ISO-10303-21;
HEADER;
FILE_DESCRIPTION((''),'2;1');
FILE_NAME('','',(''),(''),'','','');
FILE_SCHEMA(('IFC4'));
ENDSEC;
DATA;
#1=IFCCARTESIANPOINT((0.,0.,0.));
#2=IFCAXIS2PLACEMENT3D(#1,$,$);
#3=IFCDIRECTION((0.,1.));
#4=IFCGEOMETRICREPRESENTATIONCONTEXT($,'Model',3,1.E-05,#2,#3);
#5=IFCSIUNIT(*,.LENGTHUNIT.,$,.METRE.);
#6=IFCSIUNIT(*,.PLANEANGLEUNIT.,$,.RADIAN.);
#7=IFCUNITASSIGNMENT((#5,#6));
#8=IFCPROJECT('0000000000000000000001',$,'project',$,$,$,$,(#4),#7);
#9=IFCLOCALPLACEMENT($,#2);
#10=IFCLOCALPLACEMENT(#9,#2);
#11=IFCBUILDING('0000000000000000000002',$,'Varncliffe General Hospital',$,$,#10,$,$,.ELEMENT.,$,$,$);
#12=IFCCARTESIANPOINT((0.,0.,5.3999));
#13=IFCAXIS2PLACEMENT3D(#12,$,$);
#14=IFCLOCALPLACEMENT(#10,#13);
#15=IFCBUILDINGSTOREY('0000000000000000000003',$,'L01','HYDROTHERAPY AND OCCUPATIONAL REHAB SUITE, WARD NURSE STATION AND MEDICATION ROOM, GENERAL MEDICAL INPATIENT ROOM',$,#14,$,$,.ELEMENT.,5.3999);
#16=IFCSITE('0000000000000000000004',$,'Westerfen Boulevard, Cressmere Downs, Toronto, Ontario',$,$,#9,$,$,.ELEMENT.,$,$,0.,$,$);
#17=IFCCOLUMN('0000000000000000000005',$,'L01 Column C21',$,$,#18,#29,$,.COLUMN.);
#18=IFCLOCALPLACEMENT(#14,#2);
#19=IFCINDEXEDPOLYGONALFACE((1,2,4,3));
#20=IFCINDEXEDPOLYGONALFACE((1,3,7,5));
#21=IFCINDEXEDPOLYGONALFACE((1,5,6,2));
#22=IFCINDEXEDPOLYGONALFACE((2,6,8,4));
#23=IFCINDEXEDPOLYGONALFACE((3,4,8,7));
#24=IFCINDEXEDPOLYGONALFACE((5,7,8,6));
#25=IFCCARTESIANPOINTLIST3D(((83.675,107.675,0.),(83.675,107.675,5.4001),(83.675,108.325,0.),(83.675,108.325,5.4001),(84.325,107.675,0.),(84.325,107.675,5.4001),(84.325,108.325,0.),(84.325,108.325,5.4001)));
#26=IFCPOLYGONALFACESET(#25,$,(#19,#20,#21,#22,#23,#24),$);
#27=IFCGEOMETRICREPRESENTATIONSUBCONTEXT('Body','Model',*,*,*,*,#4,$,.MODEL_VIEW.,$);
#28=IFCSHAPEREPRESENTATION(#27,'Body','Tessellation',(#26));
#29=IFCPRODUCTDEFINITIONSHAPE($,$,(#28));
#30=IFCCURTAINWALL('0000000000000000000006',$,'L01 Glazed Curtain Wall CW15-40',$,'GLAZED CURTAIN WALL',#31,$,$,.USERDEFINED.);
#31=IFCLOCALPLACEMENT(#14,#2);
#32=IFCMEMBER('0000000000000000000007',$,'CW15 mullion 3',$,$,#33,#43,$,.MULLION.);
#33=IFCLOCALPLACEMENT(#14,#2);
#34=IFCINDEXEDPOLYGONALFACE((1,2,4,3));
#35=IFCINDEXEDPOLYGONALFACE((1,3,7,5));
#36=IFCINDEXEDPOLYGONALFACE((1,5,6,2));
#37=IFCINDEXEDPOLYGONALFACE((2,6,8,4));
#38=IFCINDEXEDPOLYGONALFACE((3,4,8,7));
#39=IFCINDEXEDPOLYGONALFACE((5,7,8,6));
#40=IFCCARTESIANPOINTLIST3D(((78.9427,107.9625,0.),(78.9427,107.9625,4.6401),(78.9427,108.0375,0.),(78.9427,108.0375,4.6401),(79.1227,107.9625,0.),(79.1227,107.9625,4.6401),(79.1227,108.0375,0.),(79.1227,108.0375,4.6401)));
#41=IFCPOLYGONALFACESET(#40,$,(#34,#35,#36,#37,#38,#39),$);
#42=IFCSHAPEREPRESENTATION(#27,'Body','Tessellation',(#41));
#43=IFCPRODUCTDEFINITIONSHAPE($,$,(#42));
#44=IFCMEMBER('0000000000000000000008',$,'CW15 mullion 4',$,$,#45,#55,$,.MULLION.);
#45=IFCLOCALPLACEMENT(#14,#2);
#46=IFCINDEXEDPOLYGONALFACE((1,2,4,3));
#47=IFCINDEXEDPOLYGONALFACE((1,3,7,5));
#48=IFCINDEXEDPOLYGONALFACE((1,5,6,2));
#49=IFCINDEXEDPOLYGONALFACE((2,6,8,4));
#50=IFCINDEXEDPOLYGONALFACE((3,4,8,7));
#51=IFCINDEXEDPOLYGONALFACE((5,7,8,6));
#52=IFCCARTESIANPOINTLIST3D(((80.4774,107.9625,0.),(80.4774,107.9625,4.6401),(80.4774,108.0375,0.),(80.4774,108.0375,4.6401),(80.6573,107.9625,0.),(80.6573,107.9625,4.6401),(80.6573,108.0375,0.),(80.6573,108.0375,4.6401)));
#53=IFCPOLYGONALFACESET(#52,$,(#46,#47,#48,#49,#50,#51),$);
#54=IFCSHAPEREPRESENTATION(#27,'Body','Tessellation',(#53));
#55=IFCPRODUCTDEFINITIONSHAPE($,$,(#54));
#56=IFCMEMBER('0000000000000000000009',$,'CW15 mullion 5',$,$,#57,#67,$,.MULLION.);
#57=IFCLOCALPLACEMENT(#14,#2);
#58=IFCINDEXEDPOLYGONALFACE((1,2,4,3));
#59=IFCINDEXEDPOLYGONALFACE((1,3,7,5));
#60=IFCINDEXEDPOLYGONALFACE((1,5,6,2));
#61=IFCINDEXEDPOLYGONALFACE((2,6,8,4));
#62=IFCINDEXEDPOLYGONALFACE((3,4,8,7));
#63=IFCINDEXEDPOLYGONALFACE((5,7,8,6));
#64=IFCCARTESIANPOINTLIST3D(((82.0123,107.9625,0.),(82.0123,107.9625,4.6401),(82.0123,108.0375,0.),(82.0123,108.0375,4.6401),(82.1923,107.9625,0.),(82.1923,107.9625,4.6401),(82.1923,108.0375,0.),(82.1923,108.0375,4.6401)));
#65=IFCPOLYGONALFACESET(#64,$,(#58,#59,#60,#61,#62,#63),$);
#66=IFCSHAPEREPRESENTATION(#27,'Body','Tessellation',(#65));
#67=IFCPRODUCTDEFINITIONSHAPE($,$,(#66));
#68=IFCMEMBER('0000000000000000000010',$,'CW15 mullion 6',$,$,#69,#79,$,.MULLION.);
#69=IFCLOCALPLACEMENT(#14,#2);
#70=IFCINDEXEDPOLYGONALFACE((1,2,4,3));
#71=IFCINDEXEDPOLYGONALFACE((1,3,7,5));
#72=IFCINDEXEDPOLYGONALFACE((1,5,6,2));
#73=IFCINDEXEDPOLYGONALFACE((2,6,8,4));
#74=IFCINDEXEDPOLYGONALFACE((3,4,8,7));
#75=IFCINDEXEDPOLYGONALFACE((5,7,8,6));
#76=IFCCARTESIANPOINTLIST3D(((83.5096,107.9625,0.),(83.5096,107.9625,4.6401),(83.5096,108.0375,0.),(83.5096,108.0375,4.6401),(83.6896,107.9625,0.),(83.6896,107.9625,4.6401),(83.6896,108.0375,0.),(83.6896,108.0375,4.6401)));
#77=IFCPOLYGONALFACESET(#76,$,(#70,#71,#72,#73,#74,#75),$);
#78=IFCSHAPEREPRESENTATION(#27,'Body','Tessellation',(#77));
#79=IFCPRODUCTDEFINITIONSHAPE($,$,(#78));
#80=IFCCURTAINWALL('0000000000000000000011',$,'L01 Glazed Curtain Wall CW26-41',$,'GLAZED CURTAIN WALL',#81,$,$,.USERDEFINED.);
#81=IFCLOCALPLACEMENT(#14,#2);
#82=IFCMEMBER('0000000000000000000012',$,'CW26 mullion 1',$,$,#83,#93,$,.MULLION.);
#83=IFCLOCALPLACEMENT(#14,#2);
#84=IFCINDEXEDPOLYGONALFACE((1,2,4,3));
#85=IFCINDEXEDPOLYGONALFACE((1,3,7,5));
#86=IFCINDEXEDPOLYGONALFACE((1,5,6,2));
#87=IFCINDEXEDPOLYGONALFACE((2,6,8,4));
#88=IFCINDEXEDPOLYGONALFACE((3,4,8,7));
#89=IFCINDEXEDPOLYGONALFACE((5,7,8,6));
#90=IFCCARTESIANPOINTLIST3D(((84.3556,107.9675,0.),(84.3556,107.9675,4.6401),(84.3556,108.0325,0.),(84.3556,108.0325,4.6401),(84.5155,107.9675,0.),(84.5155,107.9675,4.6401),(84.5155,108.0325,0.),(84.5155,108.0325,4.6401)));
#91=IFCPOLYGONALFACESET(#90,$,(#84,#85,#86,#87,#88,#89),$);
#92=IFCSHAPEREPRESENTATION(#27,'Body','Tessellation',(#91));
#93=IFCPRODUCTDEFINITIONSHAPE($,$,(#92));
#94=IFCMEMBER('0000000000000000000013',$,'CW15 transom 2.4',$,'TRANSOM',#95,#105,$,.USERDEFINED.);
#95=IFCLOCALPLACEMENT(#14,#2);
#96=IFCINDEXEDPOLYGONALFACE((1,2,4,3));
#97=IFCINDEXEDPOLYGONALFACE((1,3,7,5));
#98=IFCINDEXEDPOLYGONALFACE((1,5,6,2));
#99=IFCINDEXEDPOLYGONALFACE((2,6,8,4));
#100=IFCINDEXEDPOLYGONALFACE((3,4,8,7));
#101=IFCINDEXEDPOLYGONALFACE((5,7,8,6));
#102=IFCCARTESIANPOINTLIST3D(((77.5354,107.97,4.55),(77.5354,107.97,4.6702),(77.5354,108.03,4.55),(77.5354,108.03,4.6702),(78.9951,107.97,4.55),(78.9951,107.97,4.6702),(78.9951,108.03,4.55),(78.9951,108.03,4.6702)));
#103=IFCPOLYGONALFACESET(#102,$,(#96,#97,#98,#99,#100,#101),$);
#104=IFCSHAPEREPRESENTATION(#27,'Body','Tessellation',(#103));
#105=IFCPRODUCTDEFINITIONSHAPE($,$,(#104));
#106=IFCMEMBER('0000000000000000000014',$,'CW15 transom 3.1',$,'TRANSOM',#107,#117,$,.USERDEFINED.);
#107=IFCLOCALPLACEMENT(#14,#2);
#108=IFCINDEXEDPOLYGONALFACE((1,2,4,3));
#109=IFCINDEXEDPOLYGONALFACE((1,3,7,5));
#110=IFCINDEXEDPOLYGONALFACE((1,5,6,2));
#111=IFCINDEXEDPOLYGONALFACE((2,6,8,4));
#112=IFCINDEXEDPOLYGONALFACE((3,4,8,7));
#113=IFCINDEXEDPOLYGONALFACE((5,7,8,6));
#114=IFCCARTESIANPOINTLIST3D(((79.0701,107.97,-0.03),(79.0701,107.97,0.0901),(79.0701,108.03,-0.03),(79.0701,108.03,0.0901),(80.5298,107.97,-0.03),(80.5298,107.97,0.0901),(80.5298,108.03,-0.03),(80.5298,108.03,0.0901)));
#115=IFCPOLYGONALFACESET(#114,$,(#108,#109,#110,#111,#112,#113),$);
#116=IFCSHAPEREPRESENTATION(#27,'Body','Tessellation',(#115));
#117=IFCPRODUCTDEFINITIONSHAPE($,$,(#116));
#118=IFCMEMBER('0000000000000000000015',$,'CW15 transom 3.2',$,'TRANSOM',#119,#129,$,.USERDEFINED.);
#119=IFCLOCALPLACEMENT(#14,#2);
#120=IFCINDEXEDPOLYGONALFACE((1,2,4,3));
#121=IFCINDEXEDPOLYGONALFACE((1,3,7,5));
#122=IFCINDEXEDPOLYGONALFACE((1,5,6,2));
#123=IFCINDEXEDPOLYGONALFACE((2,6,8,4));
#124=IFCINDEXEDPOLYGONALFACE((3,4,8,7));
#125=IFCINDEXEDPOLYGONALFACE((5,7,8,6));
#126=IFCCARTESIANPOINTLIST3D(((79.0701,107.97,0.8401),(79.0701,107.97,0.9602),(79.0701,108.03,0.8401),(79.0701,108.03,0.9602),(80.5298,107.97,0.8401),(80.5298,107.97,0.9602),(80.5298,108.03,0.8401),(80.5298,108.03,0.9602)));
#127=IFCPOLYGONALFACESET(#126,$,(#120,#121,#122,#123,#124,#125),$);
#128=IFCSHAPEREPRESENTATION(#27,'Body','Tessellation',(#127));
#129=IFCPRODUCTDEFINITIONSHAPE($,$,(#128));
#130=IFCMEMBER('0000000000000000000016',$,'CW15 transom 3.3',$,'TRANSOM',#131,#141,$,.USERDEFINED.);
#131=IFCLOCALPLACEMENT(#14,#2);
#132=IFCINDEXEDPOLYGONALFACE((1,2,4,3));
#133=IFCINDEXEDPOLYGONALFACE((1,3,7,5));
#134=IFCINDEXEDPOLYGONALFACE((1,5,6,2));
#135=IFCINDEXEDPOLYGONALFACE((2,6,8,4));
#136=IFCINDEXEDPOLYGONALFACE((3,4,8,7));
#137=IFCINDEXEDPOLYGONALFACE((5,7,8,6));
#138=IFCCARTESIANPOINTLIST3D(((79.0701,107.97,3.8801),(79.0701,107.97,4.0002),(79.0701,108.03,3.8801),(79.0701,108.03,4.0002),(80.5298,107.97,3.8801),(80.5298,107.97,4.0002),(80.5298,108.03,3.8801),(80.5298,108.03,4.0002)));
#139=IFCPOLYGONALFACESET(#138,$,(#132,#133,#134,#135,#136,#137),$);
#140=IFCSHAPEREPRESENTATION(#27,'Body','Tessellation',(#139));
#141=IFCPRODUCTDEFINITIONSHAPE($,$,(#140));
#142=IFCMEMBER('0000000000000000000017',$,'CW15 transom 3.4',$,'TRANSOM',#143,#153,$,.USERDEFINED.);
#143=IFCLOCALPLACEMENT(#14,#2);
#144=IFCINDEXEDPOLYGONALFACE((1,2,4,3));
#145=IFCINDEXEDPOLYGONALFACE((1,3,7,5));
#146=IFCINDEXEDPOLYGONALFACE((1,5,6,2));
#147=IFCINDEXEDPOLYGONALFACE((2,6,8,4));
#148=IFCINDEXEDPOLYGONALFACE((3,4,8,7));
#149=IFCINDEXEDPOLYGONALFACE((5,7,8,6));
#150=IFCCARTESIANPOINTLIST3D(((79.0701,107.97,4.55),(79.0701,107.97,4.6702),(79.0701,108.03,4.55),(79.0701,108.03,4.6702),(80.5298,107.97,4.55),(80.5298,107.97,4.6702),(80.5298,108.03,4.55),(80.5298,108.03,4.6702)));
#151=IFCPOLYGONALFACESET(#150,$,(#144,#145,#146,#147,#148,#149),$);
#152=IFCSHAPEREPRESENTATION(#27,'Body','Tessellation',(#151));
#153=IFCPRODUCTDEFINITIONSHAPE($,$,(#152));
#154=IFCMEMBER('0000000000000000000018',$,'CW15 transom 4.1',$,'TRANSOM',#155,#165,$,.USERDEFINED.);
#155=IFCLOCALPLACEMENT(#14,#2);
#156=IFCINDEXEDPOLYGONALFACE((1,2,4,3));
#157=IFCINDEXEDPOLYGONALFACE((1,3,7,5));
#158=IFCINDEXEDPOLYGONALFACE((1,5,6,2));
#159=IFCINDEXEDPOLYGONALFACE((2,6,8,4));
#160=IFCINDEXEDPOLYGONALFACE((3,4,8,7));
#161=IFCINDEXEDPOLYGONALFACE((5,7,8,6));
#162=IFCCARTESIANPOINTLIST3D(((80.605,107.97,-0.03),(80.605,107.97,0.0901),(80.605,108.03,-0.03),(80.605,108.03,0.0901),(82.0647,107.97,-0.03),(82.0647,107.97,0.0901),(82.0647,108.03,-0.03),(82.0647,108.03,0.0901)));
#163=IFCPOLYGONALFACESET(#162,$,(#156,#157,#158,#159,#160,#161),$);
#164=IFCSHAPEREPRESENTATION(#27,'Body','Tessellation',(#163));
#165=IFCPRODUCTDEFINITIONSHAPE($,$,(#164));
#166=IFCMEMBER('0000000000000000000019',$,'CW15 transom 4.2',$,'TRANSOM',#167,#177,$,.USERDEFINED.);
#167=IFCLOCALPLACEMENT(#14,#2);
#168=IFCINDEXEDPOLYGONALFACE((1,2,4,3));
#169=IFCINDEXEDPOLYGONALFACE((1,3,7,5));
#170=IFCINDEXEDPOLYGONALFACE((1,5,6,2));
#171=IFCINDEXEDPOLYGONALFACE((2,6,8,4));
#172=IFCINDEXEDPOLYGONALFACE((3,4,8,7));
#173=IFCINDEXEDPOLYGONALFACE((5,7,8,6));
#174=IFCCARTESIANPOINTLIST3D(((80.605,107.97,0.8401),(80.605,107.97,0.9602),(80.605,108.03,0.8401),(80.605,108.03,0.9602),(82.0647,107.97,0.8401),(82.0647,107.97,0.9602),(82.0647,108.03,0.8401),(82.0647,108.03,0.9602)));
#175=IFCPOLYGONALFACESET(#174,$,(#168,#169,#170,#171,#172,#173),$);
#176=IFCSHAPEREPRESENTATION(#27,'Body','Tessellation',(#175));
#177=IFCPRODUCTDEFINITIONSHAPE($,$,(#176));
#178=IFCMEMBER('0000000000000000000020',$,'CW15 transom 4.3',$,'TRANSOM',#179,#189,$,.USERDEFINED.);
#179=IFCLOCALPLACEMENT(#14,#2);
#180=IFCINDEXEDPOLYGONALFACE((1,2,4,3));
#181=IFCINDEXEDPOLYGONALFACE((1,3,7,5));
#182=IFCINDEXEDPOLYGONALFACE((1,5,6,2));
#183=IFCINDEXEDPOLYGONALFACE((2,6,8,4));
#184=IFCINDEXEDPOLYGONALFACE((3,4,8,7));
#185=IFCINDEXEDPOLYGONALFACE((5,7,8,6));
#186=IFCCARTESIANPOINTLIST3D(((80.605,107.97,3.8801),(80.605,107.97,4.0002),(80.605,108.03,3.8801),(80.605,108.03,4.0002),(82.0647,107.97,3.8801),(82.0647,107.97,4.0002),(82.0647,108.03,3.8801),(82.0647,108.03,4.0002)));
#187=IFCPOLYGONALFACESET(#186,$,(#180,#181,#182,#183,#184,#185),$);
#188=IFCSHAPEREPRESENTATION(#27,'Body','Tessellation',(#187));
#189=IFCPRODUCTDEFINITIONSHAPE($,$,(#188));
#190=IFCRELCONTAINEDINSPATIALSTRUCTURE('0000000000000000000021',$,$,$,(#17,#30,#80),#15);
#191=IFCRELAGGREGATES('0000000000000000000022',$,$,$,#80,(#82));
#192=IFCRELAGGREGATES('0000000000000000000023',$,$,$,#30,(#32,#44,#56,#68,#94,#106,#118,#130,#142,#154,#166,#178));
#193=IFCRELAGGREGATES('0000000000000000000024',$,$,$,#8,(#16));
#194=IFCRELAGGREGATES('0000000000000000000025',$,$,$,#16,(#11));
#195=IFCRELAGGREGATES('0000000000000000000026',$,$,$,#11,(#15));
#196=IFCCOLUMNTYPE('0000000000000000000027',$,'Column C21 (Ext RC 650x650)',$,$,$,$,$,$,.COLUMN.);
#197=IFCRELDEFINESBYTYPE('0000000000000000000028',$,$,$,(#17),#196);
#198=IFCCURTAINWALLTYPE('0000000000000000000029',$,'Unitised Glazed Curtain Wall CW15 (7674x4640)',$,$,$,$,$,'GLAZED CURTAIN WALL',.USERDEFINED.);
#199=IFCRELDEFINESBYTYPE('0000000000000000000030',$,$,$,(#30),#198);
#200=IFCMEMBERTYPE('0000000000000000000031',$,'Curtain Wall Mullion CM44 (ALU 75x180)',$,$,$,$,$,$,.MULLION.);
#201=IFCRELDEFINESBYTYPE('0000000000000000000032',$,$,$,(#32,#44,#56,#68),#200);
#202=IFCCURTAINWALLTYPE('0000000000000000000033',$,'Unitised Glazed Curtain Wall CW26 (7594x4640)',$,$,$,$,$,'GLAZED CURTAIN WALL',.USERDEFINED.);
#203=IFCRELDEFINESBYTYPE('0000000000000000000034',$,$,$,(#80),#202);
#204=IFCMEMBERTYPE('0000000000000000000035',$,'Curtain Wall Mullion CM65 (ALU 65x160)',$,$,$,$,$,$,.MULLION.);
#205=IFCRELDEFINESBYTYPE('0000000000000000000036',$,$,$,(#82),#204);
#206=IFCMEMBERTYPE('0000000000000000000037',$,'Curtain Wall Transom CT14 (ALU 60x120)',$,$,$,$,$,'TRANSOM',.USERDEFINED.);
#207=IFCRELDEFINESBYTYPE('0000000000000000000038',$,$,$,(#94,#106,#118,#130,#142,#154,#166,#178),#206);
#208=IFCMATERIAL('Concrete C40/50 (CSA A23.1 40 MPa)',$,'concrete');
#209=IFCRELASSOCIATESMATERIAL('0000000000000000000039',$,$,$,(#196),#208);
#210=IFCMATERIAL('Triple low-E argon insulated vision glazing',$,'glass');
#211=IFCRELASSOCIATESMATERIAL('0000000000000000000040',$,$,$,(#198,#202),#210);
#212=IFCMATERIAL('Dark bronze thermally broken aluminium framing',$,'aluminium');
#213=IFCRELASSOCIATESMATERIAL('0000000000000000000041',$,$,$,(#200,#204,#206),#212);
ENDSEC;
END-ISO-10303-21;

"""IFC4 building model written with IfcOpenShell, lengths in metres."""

from ifc_helpers import new_model, si_unit, direction, frame, origin, origin_2d, place, context, subcontext, project, spatial, rectangle, extrude, material, material_profile, profile_set, type_object, element, aggregate, save


model = new_model("IFC4")

# Units and contexts
model_context = context("Model", 3, precision=1e-05, world=origin(), true_north=direction((0.0, 1.0)))
body_context = subcontext(model_context, "Body", "Model", "MODEL_VIEW")
ifc_project = project(units=[si_unit("LENGTHUNIT", "METRE"), si_unit("PLANEANGLEUNIT", "RADIAN")], contexts=[model_context])

# Site, building, storey
site_placement = place(None, origin())
site = spatial("IfcSite", under=ifc_project, at=site_placement, Name="Westerfen Boulevard, Cressmere Downs, Toronto, Ontario", CompositionType="ELEMENT", RefElevation=0.0)
building_placement = place(site_placement, origin())
building = spatial("IfcBuilding", under=site, at=building_placement, Name="Varncliffe General Hospital", CompositionType="ELEMENT")
storey_placement = place(building_placement, frame((0.0, 0.0, 5.3999)))
storey = spatial("IfcBuildingStorey", under=building, at=storey_placement, Name="L01", Description="HYDROTHERAPY AND OCCUPATIONAL REHAB SUITE, WARD NURSE STATION AND MEDICATION ROOM, GENERAL MEDICAL INPATIENT ROOM", CompositionType="ELEMENT", Elevation=5.3999)

# Column
ifc_material_1 = material(Name="Concrete C40/50 (CSA A23.1 40 MPa)", Category="concrete")
ifc_material_profile_1 = material_profile(ifc_material_1, rectangle(XDim=0.6499, YDim=0.6499, at=origin_2d()), Name="RC 650x650")
ifc_profile_set_1 = profile_set([ifc_material_profile_1], Name="Concrete C40/50 (CSA A23.1 40 MPa)")
column_type = type_object("IfcColumnType", Name="Column C21 (Ext RC 650x650)", PredefinedType="COLUMN", material=ifc_profile_set_1)
column_placement = place(storey_placement, frame((84.0, 108.0, 0.0), z_axis=(0.0, 0.0, 1.0), x_axis=(1.0, 0.0, 0.0)))
element("IfcColumn", 1, at=column_placement, inside=storey, type_object=column_type, Name="L01 Column C21", PredefinedType="COLUMN", context=body_context, shape_type="SweptSolid", body=[
    extrude(rectangle(XDim=0.6499, YDim=0.6499, at=origin_2d()), origin(), (0.0, 0.0, 1.0), 5.4001),
])

# Curtain wall, members
ifc_material_2 = material(Name="Triple low-E argon insulated vision glazing", Category="glass")
curtain_wall_type_1 = type_object("IfcCurtainWallType", Name="Unitised Glazed Curtain Wall CW15 (7674x4640)", ElementType="GLAZED CURTAIN WALL", PredefinedType="USERDEFINED", material=ifc_material_2)
curtain_wall_1_placement = place(storey_placement, origin())
curtain_wall_1 = element("IfcCurtainWall", 2, at=curtain_wall_1_placement, inside=storey, type_object=curtain_wall_type_1, Name="L01 Glazed Curtain Wall CW15-40", ObjectType="GLAZED CURTAIN WALL", PredefinedType="USERDEFINED")
ifc_material_3 = material(Name="Dark bronze thermally broken aluminium framing", Category="aluminium")
ifc_material_profile_2 = material_profile(ifc_material_3, rectangle(XDim=0.075, YDim=0.1799, at=origin_2d()), Name="ALU 75x180")
ifc_profile_set_2 = profile_set([ifc_material_profile_2], Name="Dark bronze thermally broken aluminium framing")
member_type_1 = type_object("IfcMemberType", Name="Curtain Wall Mullion CM44 (ALU 75x180)", PredefinedType="MULLION", material=ifc_profile_set_2)
member_1_placement = place(storey_placement, frame((79.0327, 108.0, 0.0), z_axis=(0.0, 0.0, 1.0), x_axis=(0.0, 1.0, 0.0)))
member_1 = element("IfcMember", 3, at=member_1_placement, type_object=member_type_1, Name="CW15 mullion 3", PredefinedType="MULLION", context=body_context, shape_type="SweptSolid", body=[
    extrude(rectangle(XDim=0.075, YDim=0.1799, at=origin_2d()), origin(), (0.0, 0.0, 1.0), 4.6401),
])
member_2_placement = place(storey_placement, frame((80.5674, 108.0, 0.0), z_axis=(0.0, 0.0, 1.0), x_axis=(0.0, 1.0, 0.0)))
member_2 = element("IfcMember", 4, at=member_2_placement, type_object=member_type_1, Name="CW15 mullion 4", PredefinedType="MULLION", context=body_context, shape_type="SweptSolid", body=[
    extrude(rectangle(XDim=0.075, YDim=0.1799, at=origin_2d()), origin(), (0.0, 0.0, 1.0), 4.6401),
])
member_3_placement = place(storey_placement, frame((82.1023, 108.0, 0.0), z_axis=(0.0, 0.0, 1.0), x_axis=(0.0, 1.0, 0.0)))
member_3 = element("IfcMember", 5, at=member_3_placement, type_object=member_type_1, Name="CW15 mullion 5", PredefinedType="MULLION", context=body_context, shape_type="SweptSolid", body=[
    extrude(rectangle(XDim=0.075, YDim=0.1799, at=origin_2d()), origin(), (0.0, 0.0, 1.0), 4.6401),
])
member_4_placement = place(storey_placement, frame((83.5996, 108.0, 0.0), z_axis=(0.0, 0.0, 1.0), x_axis=(0.0, 1.0, 0.0)))
member_4 = element("IfcMember", 6, at=member_4_placement, type_object=member_type_1, Name="CW15 mullion 6", PredefinedType="MULLION", context=body_context, shape_type="SweptSolid", body=[
    extrude(rectangle(XDim=0.075, YDim=0.1799, at=origin_2d()), origin(), (0.0, 0.0, 1.0), 4.6401),
])

# Curtain wall, member
curtain_wall_type_2 = type_object("IfcCurtainWallType", Name="Unitised Glazed Curtain Wall CW26 (7594x4640)", ElementType="GLAZED CURTAIN WALL", PredefinedType="USERDEFINED", material=ifc_material_2)
curtain_wall_2_placement = place(storey_placement, origin())
curtain_wall_2 = element("IfcCurtainWall", 7, at=curtain_wall_2_placement, inside=storey, type_object=curtain_wall_type_2, Name="L01 Glazed Curtain Wall CW26-41", ObjectType="GLAZED CURTAIN WALL", PredefinedType="USERDEFINED")
ifc_material_profile_3 = material_profile(ifc_material_3, rectangle(XDim=0.0649, YDim=0.1599, at=origin_2d()), Name="ALU 65x160")
ifc_profile_set_3 = profile_set([ifc_material_profile_3], Name="Dark bronze thermally broken aluminium framing")
member_type_2 = type_object("IfcMemberType", Name="Curtain Wall Mullion CM65 (ALU 65x160)", PredefinedType="MULLION", material=ifc_profile_set_3)
member_5_placement = place(storey_placement, frame((84.4355, 108.0, 0.0), z_axis=(0.0, 0.0, 1.0), x_axis=(0.0, 1.0, 0.0)))
member_5 = element("IfcMember", 8, at=member_5_placement, type_object=member_type_2, Name="CW26 mullion 1", PredefinedType="MULLION", context=body_context, shape_type="SweptSolid", body=[
    extrude(rectangle(XDim=0.0649, YDim=0.1599, at=origin_2d()), origin(), (0.0, 0.0, 1.0), 4.6401),
])

# Members
ifc_material_profile_4 = material_profile(ifc_material_3, rectangle(XDim=0.0601, YDim=0.1201, at=origin_2d()), Name="ALU 60x120")
ifc_profile_set_4 = profile_set([ifc_material_profile_4], Name="Dark bronze thermally broken aluminium framing")
member_type_3 = type_object("IfcMemberType", Name="Curtain Wall Transom CT14 (ALU 60x120)", ElementType="TRANSOM", PredefinedType="USERDEFINED", material=ifc_profile_set_4)
member_6_placement = place(storey_placement, frame((77.5354, 108.0, 4.6101), z_axis=(1.0, 0.0, 0.0), x_axis=(0.0, 1.0, 0.0)))
member_6 = element("IfcMember", 9, at=member_6_placement, type_object=member_type_3, Name="CW15 transom 2.4", ObjectType="TRANSOM", PredefinedType="USERDEFINED", context=body_context, shape_type="SweptSolid", body=[
    extrude(rectangle(XDim=0.0601, YDim=0.1201, at=origin_2d()), origin(), (0.0, 0.0, 1.0), 1.4597),
])
member_7_placement = place(storey_placement, frame((79.0701, 108.0, 0.03), z_axis=(1.0, 0.0, 0.0), x_axis=(0.0, 1.0, 0.0)))
member_7 = element("IfcMember", 10, at=member_7_placement, type_object=member_type_3, Name="CW15 transom 3.1", ObjectType="TRANSOM", PredefinedType="USERDEFINED", context=body_context, shape_type="SweptSolid", body=[
    extrude(rectangle(XDim=0.0601, YDim=0.1201, at=origin_2d()), origin(), (0.0, 0.0, 1.0), 1.4597),
])
member_8_placement = place(storey_placement, frame((79.0701, 108.0, 0.9001), z_axis=(1.0, 0.0, 0.0), x_axis=(0.0, 1.0, 0.0)))
member_8 = element("IfcMember", 11, at=member_8_placement, type_object=member_type_3, Name="CW15 transom 3.2", ObjectType="TRANSOM", PredefinedType="USERDEFINED", context=body_context, shape_type="SweptSolid", body=[
    extrude(rectangle(XDim=0.0601, YDim=0.1201, at=origin_2d()), origin(), (0.0, 0.0, 1.0), 1.4597),
])
member_9_placement = place(storey_placement, frame((79.0701, 108.0, 3.9402), z_axis=(1.0, 0.0, 0.0), x_axis=(0.0, 1.0, 0.0)))
member_9 = element("IfcMember", 12, at=member_9_placement, type_object=member_type_3, Name="CW15 transom 3.3", ObjectType="TRANSOM", PredefinedType="USERDEFINED", context=body_context, shape_type="SweptSolid", body=[
    extrude(rectangle(XDim=0.0601, YDim=0.1201, at=origin_2d()), origin(), (0.0, 0.0, 1.0), 1.4597),
])
member_10_placement = place(storey_placement, frame((79.0701, 108.0, 4.6101), z_axis=(1.0, 0.0, 0.0), x_axis=(0.0, 1.0, 0.0)))
member_10 = element("IfcMember", 13, at=member_10_placement, type_object=member_type_3, Name="CW15 transom 3.4", ObjectType="TRANSOM", PredefinedType="USERDEFINED", context=body_context, shape_type="SweptSolid", body=[
    extrude(rectangle(XDim=0.0601, YDim=0.1201, at=origin_2d()), origin(), (0.0, 0.0, 1.0), 1.4597),
])
member_11_placement = place(storey_placement, frame((80.605, 108.0, 0.03), z_axis=(1.0, 0.0, 0.0), x_axis=(0.0, 1.0, 0.0)))
member_11 = element("IfcMember", 14, at=member_11_placement, type_object=member_type_3, Name="CW15 transom 4.1", ObjectType="TRANSOM", PredefinedType="USERDEFINED", context=body_context, shape_type="SweptSolid", body=[
    extrude(rectangle(XDim=0.0601, YDim=0.1201, at=origin_2d()), origin(), (0.0, 0.0, 1.0), 1.4597),
])
member_12_placement = place(storey_placement, frame((80.605, 108.0, 0.9001), z_axis=(1.0, 0.0, 0.0), x_axis=(0.0, 1.0, 0.0)))
member_12 = element("IfcMember", 15, at=member_12_placement, type_object=member_type_3, Name="CW15 transom 4.2", ObjectType="TRANSOM", PredefinedType="USERDEFINED", context=body_context, shape_type="SweptSolid", body=[
    extrude(rectangle(XDim=0.0601, YDim=0.1201, at=origin_2d()), origin(), (0.0, 0.0, 1.0), 1.4597),
])
member_13_placement = place(storey_placement, frame((80.605, 108.0, 3.9402), z_axis=(1.0, 0.0, 0.0), x_axis=(0.0, 1.0, 0.0)))
member_13 = element("IfcMember", 16, at=member_13_placement, type_object=member_type_3, Name="CW15 transom 4.3", ObjectType="TRANSOM", PredefinedType="USERDEFINED", context=body_context, shape_type="SweptSolid", body=[
    extrude(rectangle(XDim=0.0601, YDim=0.1201, at=origin_2d()), origin(), (0.0, 0.0, 1.0), 1.4597),
])

aggregate(curtain_wall_2, [member_5])
aggregate(curtain_wall_1, [member_1, member_2, member_3, member_4, member_6, member_7, member_8, member_9, member_10, member_11, member_12, member_13])

save(model, "model.ifc")
